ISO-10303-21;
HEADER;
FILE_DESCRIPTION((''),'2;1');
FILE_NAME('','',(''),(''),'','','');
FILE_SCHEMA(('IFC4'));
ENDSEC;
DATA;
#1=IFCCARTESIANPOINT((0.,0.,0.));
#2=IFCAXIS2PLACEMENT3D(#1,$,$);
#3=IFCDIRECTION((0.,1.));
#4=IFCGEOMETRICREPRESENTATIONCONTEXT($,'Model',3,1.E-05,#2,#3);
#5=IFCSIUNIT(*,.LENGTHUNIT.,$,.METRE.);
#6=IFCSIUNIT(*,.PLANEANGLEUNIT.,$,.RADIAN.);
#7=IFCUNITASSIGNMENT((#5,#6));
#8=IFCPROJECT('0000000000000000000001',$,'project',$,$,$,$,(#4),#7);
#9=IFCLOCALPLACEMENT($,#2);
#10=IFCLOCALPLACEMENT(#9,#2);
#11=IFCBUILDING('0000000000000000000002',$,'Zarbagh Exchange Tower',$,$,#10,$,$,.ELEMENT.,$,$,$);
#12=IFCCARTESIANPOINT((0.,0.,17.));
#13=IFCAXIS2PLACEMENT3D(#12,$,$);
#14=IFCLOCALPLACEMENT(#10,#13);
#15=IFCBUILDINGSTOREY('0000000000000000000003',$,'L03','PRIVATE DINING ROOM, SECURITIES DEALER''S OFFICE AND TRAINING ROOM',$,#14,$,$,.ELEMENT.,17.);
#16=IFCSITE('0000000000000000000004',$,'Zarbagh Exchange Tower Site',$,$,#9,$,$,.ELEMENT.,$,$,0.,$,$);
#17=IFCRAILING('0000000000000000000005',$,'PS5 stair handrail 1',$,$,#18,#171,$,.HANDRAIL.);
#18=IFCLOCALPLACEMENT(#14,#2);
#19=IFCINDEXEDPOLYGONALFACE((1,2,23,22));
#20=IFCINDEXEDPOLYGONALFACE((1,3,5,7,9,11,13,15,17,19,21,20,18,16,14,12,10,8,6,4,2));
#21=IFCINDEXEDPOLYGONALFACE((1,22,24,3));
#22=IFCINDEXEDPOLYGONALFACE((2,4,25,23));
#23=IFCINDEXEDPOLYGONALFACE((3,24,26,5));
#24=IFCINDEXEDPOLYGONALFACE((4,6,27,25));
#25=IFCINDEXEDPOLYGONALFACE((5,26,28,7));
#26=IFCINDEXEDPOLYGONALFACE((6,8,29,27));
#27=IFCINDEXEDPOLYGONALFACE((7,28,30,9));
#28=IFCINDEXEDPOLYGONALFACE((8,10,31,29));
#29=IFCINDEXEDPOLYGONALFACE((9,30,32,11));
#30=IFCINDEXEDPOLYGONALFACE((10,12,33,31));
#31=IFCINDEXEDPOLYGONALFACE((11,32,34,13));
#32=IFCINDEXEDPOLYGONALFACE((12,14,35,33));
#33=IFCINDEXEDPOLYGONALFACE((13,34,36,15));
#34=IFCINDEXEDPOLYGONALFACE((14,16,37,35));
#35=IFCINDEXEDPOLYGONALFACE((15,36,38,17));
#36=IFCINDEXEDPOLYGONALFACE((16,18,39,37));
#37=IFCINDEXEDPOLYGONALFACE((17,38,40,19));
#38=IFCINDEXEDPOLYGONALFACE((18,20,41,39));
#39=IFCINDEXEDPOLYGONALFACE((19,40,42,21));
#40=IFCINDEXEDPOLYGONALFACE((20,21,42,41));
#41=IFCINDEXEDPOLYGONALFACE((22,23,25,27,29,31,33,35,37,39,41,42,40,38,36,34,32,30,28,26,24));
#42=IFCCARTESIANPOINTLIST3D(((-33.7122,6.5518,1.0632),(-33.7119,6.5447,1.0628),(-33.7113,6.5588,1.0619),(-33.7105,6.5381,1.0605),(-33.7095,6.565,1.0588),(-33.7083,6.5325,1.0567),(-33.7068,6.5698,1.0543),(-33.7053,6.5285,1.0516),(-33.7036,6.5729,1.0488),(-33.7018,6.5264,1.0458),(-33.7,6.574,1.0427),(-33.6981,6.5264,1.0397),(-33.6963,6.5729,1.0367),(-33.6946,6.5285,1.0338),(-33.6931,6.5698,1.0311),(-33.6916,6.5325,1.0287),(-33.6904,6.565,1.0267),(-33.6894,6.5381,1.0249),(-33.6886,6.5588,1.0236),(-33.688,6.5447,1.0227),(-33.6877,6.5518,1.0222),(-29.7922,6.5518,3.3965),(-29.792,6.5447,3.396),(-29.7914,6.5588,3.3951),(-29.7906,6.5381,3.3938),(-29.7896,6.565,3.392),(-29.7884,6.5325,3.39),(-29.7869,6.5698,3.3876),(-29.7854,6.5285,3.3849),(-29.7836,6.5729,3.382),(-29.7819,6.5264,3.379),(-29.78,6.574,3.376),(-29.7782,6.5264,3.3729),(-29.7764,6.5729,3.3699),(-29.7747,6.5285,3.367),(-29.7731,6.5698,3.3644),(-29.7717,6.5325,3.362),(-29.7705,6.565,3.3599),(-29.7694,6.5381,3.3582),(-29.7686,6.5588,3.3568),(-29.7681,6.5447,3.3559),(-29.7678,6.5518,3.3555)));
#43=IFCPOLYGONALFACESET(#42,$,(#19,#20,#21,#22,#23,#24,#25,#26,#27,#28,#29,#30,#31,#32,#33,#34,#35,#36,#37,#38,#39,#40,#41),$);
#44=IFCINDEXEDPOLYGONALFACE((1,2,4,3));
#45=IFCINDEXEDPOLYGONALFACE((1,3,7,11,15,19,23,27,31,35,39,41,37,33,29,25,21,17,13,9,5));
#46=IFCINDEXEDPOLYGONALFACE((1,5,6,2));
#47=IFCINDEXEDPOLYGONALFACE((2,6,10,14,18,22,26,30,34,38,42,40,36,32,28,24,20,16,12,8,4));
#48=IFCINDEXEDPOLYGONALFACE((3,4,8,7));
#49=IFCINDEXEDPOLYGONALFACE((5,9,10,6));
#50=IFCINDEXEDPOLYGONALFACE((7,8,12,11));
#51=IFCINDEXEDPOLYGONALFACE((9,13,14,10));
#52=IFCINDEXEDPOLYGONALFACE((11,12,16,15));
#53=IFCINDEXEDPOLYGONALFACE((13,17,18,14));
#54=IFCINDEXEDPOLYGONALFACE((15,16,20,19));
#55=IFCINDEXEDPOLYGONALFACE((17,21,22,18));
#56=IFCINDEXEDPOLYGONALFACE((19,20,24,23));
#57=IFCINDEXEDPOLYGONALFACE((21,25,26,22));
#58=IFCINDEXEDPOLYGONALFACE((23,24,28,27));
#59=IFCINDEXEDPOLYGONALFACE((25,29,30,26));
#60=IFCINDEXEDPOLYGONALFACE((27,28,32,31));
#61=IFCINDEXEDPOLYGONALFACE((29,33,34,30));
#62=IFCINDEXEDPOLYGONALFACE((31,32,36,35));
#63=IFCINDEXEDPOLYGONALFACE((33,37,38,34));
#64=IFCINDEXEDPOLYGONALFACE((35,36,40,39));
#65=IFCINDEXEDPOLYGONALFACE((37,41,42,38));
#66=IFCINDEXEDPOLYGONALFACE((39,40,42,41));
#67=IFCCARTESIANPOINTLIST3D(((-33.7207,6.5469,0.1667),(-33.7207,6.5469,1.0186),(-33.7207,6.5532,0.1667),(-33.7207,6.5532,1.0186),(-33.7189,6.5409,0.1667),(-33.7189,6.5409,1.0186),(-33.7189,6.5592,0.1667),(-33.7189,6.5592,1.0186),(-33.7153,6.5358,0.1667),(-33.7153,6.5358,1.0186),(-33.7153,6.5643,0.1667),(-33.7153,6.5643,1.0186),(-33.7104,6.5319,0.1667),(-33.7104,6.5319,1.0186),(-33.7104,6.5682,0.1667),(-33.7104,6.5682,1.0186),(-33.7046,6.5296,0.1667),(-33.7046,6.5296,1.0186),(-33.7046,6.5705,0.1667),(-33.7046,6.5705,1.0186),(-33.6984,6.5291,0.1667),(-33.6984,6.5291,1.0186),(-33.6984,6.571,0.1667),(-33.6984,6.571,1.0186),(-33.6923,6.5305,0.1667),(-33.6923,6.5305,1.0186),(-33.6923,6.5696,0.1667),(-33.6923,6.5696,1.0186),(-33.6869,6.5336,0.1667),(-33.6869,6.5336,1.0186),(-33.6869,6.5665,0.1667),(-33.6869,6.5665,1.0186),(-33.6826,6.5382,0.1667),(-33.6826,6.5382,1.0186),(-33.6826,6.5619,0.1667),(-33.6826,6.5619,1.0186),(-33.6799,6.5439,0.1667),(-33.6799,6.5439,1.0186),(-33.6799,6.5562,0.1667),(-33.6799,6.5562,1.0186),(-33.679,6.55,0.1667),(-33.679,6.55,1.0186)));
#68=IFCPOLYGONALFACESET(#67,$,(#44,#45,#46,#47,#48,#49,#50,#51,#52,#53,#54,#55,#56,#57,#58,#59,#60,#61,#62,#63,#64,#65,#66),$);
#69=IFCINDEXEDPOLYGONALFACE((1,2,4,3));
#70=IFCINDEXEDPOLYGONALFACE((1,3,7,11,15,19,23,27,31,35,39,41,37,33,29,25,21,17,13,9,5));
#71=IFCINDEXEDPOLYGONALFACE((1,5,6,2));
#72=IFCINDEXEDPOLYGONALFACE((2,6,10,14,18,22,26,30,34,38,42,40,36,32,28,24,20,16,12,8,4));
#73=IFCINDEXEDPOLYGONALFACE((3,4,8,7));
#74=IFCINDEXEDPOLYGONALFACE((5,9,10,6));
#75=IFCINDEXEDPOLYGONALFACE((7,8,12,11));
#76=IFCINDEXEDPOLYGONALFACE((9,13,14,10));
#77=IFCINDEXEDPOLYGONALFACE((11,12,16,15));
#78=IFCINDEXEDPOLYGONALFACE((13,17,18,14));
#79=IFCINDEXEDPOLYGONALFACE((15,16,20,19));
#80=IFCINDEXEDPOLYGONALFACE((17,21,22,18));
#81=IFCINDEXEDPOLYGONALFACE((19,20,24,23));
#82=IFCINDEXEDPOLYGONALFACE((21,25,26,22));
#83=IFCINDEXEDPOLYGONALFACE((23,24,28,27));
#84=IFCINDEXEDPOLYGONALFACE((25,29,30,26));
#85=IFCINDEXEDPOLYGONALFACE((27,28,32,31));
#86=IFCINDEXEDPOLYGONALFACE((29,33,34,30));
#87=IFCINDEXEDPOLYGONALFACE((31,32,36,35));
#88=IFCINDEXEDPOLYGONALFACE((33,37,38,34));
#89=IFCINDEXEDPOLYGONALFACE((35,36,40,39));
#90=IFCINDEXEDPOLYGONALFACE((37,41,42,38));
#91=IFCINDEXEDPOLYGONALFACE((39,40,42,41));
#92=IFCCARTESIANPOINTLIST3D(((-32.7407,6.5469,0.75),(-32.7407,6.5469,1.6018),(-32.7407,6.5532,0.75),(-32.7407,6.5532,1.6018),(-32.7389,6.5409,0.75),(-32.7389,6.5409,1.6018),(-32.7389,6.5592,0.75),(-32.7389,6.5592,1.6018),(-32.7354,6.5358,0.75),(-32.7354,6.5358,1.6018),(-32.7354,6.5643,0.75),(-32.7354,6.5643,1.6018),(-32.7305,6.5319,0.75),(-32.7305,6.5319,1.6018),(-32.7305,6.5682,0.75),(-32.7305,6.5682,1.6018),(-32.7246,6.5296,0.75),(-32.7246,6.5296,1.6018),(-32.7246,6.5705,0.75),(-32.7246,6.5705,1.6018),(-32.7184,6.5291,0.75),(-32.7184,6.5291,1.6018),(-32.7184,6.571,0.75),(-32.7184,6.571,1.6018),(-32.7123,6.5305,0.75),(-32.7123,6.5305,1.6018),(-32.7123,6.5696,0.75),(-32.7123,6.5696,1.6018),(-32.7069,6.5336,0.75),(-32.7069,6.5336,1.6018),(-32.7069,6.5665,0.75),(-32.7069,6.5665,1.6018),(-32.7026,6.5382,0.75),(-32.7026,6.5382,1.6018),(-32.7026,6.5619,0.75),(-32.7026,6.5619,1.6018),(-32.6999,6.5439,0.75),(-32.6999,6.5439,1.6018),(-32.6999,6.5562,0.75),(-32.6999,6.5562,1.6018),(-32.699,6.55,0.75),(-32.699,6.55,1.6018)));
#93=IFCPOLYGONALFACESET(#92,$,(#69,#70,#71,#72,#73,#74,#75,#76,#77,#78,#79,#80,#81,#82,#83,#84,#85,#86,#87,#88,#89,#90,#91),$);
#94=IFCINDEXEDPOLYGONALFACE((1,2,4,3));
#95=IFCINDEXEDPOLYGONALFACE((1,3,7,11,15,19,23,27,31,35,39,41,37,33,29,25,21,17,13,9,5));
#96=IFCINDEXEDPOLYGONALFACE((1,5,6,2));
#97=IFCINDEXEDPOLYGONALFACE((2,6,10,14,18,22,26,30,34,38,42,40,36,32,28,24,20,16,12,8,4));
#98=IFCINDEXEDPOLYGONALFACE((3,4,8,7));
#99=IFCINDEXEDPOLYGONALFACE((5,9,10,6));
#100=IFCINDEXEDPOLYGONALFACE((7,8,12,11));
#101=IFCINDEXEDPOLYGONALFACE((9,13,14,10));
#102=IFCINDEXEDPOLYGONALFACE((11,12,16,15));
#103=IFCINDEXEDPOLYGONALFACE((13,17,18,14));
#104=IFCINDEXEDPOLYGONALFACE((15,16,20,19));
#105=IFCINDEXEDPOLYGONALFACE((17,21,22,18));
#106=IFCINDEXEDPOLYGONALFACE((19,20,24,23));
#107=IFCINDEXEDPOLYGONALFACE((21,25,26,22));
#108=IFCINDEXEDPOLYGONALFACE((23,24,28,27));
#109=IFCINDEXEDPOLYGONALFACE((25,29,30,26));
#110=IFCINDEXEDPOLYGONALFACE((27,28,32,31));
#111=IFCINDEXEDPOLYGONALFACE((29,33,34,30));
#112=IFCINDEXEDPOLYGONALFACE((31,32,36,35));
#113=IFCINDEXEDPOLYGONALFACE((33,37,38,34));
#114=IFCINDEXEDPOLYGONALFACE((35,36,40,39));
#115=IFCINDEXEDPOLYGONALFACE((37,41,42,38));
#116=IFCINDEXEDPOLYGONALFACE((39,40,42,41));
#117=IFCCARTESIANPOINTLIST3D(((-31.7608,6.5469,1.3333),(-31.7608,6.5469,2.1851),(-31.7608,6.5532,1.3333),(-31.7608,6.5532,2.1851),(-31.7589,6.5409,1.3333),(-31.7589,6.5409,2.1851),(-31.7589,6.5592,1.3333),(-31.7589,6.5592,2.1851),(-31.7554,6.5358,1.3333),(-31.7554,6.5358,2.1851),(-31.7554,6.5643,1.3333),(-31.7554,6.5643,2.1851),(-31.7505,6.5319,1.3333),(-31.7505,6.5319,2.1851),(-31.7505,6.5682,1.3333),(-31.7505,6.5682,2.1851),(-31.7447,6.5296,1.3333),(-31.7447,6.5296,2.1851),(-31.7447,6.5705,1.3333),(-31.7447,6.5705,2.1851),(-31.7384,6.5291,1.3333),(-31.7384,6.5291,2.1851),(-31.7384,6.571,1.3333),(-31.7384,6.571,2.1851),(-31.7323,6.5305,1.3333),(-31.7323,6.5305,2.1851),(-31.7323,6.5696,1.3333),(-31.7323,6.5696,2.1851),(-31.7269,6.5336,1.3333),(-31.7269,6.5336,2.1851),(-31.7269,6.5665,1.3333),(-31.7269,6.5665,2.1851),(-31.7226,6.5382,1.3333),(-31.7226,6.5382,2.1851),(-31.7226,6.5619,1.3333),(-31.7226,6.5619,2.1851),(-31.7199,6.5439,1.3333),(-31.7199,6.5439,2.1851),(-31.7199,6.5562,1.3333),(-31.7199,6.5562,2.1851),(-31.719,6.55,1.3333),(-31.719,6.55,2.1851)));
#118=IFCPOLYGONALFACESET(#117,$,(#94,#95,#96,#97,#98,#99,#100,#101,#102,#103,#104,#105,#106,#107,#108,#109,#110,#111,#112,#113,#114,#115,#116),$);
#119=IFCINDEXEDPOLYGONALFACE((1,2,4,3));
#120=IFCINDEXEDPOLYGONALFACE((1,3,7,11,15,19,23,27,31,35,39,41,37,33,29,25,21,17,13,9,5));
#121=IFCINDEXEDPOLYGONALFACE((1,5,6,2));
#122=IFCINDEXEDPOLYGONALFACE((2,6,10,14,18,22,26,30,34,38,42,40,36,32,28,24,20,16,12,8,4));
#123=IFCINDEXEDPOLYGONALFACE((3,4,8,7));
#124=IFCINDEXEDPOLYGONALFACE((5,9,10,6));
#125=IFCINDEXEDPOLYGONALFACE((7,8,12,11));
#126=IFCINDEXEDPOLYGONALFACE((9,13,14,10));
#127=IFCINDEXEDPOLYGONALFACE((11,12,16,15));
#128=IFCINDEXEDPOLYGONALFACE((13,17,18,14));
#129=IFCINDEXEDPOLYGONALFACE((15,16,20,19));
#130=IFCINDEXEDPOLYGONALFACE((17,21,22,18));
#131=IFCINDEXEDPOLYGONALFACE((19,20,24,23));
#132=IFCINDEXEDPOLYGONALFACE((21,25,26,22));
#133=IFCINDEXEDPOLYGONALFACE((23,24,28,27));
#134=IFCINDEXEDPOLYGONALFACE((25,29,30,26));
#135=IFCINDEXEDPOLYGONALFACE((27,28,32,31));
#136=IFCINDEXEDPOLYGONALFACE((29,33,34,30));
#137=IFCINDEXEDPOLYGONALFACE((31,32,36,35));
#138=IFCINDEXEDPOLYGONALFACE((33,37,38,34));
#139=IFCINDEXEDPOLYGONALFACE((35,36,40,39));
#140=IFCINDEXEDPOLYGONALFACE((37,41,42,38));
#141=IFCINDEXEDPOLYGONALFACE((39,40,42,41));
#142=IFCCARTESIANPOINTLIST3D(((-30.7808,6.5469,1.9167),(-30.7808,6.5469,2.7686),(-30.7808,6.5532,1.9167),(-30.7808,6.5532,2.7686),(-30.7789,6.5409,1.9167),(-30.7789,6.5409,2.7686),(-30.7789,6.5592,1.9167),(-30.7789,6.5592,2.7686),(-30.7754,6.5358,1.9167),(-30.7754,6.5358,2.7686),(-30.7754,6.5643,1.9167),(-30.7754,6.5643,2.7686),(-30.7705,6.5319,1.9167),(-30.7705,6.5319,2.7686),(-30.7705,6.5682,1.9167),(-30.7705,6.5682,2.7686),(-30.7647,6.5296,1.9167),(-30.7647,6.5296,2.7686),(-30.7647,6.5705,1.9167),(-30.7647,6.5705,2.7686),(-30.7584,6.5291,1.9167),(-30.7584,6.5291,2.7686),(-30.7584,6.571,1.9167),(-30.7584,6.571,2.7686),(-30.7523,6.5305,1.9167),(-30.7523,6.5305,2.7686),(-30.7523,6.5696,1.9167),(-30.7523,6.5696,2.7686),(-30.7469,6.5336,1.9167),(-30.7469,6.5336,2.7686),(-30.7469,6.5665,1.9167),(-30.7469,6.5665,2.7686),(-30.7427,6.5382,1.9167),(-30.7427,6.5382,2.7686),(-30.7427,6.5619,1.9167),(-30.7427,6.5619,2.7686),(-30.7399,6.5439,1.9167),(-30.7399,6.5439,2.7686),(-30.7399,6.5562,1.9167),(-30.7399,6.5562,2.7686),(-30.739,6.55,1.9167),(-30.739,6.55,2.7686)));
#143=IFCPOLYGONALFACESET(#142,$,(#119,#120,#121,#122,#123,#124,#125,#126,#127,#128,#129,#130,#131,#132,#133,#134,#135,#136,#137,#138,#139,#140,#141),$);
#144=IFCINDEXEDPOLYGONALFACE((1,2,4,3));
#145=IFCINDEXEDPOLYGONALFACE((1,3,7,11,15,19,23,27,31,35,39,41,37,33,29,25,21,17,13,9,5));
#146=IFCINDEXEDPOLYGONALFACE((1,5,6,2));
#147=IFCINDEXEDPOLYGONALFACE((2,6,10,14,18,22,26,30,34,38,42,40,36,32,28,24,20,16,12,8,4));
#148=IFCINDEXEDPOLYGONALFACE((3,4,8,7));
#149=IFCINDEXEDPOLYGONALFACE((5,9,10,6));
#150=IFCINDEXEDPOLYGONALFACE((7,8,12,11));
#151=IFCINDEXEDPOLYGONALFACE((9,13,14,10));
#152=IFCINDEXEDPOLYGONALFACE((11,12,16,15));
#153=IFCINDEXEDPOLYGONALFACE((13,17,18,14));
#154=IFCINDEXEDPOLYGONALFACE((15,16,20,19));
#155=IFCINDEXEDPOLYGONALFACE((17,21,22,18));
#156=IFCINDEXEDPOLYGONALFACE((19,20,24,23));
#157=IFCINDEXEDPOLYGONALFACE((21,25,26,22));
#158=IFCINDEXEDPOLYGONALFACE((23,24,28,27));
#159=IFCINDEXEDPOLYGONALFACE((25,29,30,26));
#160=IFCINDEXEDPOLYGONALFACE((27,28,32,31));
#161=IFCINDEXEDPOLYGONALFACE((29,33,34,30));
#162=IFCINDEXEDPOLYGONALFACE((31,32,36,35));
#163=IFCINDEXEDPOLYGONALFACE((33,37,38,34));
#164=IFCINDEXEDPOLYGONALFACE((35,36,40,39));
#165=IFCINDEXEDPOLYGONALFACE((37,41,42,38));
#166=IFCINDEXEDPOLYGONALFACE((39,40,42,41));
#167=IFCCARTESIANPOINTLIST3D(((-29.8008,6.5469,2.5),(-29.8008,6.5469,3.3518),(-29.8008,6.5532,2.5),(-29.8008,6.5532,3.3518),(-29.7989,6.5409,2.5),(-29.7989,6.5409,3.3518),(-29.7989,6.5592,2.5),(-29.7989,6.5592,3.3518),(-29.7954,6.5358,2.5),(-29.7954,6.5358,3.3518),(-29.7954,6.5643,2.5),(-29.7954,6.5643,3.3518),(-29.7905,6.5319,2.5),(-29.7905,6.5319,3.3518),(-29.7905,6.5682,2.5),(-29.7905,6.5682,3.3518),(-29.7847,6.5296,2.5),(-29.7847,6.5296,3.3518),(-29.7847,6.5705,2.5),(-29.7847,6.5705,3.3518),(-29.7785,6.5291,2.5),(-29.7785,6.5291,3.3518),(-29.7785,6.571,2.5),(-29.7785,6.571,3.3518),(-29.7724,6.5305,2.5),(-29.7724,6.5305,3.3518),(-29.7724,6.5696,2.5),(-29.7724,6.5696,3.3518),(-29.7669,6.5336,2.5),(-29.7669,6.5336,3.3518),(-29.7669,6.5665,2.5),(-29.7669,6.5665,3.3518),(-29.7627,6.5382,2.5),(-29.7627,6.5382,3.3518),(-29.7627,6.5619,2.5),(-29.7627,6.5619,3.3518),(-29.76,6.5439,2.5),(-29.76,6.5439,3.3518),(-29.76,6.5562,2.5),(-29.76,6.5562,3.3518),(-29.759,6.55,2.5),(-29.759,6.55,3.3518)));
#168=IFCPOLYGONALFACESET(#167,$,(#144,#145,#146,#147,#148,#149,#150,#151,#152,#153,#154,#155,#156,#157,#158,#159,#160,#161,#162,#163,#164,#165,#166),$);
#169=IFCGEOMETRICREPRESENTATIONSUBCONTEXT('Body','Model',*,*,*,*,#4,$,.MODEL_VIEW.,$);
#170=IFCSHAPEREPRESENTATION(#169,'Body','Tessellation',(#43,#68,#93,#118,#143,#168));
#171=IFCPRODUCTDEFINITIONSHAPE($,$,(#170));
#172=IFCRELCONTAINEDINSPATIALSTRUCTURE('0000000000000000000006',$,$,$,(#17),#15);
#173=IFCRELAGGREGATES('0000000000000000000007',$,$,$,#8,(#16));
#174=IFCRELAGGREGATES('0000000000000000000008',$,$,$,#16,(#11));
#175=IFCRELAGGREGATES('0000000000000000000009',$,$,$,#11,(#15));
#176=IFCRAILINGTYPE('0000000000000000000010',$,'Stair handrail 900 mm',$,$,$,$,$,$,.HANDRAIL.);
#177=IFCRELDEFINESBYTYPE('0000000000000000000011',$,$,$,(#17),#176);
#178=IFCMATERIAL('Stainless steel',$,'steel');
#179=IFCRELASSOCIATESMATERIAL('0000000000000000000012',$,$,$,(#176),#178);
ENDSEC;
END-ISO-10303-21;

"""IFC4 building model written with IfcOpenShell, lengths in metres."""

from ifc_helpers import new_model, si_unit, direction, frame, origin, origin_2d, place, context, subcontext, project, spatial, circle, extrude, material, type_object, element, save


model = new_model("IFC4")

# Units and contexts
model_context = context("Model", 3, precision=1e-05, world=origin(), true_north=direction((0.0, 1.0)))
body_context = subcontext(model_context, "Body", "Model", "MODEL_VIEW")
ifc_project = project(units=[si_unit("LENGTHUNIT", "METRE"), si_unit("PLANEANGLEUNIT", "RADIAN")], contexts=[model_context])

# Site, building, storey
site_placement = place(None, origin())
site = spatial("IfcSite", under=ifc_project, at=site_placement, Name="Zarbagh Exchange Tower Site", CompositionType="ELEMENT", RefElevation=0.0)
building_placement = place(site_placement, origin())
building = spatial("IfcBuilding", under=site, at=building_placement, Name="Zarbagh Exchange Tower", CompositionType="ELEMENT")
storey_placement = place(building_placement, frame((0.0, 0.0, 17.0)))
storey = spatial("IfcBuildingStorey", under=building, at=storey_placement, Name="L03", Description="PRIVATE DINING ROOM, SECURITIES DEALER'S OFFICE AND TRAINING ROOM", CompositionType="ELEMENT", Elevation=17.0)

# Railing
ifc_material_1 = material(Name="Stainless steel", Category="steel")
railing_type_1 = type_object("IfcRailingType", Name="Stair handrail 900 mm", PredefinedType="HANDRAIL", material=ifc_material_1)
railing_1_placement = place(storey_placement, frame((-33.7, 6.55, 0.1667)))
element("IfcRailing", 1, at=railing_1_placement, inside=storey, type_object=railing_type_1, Name="PS5 stair handrail 1", PredefinedType="HANDRAIL", context=body_context, shape_type="SweptSolid", body=[
    extrude(circle(Radius=0.0239, at=origin_2d()), frame((0.0, 0.0, 0.876), z_axis=(0.859296, 0.0, 0.511478), x_axis=(0.0, 1.0, 0.0)), (0.0, 0.0, 1.0), 4.5618),
    extrude(circle(Radius=0.021, at=origin_2d()), origin(), (0.0, 0.0, 1.0), 0.8518),
    extrude(circle(Radius=0.021, at=origin_2d()), frame((0.98, 0.0, 0.5833)), (0.0, 0.0, 1.0), 0.8518),
    extrude(circle(Radius=0.021, at=origin_2d()), frame((1.96, 0.0, 1.1665)), (0.0, 0.0, 1.0), 0.8518),
    extrude(circle(Radius=0.021, at=origin_2d()), frame((2.9399, 0.0, 1.75)), (0.0, 0.0, 1.0), 0.8518),
    extrude(circle(Radius=0.021, at=origin_2d()), frame((3.9199, 0.0, 2.3333)), (0.0, 0.0, 1.0), 0.8518),
])

save(model, "model.ifc")
